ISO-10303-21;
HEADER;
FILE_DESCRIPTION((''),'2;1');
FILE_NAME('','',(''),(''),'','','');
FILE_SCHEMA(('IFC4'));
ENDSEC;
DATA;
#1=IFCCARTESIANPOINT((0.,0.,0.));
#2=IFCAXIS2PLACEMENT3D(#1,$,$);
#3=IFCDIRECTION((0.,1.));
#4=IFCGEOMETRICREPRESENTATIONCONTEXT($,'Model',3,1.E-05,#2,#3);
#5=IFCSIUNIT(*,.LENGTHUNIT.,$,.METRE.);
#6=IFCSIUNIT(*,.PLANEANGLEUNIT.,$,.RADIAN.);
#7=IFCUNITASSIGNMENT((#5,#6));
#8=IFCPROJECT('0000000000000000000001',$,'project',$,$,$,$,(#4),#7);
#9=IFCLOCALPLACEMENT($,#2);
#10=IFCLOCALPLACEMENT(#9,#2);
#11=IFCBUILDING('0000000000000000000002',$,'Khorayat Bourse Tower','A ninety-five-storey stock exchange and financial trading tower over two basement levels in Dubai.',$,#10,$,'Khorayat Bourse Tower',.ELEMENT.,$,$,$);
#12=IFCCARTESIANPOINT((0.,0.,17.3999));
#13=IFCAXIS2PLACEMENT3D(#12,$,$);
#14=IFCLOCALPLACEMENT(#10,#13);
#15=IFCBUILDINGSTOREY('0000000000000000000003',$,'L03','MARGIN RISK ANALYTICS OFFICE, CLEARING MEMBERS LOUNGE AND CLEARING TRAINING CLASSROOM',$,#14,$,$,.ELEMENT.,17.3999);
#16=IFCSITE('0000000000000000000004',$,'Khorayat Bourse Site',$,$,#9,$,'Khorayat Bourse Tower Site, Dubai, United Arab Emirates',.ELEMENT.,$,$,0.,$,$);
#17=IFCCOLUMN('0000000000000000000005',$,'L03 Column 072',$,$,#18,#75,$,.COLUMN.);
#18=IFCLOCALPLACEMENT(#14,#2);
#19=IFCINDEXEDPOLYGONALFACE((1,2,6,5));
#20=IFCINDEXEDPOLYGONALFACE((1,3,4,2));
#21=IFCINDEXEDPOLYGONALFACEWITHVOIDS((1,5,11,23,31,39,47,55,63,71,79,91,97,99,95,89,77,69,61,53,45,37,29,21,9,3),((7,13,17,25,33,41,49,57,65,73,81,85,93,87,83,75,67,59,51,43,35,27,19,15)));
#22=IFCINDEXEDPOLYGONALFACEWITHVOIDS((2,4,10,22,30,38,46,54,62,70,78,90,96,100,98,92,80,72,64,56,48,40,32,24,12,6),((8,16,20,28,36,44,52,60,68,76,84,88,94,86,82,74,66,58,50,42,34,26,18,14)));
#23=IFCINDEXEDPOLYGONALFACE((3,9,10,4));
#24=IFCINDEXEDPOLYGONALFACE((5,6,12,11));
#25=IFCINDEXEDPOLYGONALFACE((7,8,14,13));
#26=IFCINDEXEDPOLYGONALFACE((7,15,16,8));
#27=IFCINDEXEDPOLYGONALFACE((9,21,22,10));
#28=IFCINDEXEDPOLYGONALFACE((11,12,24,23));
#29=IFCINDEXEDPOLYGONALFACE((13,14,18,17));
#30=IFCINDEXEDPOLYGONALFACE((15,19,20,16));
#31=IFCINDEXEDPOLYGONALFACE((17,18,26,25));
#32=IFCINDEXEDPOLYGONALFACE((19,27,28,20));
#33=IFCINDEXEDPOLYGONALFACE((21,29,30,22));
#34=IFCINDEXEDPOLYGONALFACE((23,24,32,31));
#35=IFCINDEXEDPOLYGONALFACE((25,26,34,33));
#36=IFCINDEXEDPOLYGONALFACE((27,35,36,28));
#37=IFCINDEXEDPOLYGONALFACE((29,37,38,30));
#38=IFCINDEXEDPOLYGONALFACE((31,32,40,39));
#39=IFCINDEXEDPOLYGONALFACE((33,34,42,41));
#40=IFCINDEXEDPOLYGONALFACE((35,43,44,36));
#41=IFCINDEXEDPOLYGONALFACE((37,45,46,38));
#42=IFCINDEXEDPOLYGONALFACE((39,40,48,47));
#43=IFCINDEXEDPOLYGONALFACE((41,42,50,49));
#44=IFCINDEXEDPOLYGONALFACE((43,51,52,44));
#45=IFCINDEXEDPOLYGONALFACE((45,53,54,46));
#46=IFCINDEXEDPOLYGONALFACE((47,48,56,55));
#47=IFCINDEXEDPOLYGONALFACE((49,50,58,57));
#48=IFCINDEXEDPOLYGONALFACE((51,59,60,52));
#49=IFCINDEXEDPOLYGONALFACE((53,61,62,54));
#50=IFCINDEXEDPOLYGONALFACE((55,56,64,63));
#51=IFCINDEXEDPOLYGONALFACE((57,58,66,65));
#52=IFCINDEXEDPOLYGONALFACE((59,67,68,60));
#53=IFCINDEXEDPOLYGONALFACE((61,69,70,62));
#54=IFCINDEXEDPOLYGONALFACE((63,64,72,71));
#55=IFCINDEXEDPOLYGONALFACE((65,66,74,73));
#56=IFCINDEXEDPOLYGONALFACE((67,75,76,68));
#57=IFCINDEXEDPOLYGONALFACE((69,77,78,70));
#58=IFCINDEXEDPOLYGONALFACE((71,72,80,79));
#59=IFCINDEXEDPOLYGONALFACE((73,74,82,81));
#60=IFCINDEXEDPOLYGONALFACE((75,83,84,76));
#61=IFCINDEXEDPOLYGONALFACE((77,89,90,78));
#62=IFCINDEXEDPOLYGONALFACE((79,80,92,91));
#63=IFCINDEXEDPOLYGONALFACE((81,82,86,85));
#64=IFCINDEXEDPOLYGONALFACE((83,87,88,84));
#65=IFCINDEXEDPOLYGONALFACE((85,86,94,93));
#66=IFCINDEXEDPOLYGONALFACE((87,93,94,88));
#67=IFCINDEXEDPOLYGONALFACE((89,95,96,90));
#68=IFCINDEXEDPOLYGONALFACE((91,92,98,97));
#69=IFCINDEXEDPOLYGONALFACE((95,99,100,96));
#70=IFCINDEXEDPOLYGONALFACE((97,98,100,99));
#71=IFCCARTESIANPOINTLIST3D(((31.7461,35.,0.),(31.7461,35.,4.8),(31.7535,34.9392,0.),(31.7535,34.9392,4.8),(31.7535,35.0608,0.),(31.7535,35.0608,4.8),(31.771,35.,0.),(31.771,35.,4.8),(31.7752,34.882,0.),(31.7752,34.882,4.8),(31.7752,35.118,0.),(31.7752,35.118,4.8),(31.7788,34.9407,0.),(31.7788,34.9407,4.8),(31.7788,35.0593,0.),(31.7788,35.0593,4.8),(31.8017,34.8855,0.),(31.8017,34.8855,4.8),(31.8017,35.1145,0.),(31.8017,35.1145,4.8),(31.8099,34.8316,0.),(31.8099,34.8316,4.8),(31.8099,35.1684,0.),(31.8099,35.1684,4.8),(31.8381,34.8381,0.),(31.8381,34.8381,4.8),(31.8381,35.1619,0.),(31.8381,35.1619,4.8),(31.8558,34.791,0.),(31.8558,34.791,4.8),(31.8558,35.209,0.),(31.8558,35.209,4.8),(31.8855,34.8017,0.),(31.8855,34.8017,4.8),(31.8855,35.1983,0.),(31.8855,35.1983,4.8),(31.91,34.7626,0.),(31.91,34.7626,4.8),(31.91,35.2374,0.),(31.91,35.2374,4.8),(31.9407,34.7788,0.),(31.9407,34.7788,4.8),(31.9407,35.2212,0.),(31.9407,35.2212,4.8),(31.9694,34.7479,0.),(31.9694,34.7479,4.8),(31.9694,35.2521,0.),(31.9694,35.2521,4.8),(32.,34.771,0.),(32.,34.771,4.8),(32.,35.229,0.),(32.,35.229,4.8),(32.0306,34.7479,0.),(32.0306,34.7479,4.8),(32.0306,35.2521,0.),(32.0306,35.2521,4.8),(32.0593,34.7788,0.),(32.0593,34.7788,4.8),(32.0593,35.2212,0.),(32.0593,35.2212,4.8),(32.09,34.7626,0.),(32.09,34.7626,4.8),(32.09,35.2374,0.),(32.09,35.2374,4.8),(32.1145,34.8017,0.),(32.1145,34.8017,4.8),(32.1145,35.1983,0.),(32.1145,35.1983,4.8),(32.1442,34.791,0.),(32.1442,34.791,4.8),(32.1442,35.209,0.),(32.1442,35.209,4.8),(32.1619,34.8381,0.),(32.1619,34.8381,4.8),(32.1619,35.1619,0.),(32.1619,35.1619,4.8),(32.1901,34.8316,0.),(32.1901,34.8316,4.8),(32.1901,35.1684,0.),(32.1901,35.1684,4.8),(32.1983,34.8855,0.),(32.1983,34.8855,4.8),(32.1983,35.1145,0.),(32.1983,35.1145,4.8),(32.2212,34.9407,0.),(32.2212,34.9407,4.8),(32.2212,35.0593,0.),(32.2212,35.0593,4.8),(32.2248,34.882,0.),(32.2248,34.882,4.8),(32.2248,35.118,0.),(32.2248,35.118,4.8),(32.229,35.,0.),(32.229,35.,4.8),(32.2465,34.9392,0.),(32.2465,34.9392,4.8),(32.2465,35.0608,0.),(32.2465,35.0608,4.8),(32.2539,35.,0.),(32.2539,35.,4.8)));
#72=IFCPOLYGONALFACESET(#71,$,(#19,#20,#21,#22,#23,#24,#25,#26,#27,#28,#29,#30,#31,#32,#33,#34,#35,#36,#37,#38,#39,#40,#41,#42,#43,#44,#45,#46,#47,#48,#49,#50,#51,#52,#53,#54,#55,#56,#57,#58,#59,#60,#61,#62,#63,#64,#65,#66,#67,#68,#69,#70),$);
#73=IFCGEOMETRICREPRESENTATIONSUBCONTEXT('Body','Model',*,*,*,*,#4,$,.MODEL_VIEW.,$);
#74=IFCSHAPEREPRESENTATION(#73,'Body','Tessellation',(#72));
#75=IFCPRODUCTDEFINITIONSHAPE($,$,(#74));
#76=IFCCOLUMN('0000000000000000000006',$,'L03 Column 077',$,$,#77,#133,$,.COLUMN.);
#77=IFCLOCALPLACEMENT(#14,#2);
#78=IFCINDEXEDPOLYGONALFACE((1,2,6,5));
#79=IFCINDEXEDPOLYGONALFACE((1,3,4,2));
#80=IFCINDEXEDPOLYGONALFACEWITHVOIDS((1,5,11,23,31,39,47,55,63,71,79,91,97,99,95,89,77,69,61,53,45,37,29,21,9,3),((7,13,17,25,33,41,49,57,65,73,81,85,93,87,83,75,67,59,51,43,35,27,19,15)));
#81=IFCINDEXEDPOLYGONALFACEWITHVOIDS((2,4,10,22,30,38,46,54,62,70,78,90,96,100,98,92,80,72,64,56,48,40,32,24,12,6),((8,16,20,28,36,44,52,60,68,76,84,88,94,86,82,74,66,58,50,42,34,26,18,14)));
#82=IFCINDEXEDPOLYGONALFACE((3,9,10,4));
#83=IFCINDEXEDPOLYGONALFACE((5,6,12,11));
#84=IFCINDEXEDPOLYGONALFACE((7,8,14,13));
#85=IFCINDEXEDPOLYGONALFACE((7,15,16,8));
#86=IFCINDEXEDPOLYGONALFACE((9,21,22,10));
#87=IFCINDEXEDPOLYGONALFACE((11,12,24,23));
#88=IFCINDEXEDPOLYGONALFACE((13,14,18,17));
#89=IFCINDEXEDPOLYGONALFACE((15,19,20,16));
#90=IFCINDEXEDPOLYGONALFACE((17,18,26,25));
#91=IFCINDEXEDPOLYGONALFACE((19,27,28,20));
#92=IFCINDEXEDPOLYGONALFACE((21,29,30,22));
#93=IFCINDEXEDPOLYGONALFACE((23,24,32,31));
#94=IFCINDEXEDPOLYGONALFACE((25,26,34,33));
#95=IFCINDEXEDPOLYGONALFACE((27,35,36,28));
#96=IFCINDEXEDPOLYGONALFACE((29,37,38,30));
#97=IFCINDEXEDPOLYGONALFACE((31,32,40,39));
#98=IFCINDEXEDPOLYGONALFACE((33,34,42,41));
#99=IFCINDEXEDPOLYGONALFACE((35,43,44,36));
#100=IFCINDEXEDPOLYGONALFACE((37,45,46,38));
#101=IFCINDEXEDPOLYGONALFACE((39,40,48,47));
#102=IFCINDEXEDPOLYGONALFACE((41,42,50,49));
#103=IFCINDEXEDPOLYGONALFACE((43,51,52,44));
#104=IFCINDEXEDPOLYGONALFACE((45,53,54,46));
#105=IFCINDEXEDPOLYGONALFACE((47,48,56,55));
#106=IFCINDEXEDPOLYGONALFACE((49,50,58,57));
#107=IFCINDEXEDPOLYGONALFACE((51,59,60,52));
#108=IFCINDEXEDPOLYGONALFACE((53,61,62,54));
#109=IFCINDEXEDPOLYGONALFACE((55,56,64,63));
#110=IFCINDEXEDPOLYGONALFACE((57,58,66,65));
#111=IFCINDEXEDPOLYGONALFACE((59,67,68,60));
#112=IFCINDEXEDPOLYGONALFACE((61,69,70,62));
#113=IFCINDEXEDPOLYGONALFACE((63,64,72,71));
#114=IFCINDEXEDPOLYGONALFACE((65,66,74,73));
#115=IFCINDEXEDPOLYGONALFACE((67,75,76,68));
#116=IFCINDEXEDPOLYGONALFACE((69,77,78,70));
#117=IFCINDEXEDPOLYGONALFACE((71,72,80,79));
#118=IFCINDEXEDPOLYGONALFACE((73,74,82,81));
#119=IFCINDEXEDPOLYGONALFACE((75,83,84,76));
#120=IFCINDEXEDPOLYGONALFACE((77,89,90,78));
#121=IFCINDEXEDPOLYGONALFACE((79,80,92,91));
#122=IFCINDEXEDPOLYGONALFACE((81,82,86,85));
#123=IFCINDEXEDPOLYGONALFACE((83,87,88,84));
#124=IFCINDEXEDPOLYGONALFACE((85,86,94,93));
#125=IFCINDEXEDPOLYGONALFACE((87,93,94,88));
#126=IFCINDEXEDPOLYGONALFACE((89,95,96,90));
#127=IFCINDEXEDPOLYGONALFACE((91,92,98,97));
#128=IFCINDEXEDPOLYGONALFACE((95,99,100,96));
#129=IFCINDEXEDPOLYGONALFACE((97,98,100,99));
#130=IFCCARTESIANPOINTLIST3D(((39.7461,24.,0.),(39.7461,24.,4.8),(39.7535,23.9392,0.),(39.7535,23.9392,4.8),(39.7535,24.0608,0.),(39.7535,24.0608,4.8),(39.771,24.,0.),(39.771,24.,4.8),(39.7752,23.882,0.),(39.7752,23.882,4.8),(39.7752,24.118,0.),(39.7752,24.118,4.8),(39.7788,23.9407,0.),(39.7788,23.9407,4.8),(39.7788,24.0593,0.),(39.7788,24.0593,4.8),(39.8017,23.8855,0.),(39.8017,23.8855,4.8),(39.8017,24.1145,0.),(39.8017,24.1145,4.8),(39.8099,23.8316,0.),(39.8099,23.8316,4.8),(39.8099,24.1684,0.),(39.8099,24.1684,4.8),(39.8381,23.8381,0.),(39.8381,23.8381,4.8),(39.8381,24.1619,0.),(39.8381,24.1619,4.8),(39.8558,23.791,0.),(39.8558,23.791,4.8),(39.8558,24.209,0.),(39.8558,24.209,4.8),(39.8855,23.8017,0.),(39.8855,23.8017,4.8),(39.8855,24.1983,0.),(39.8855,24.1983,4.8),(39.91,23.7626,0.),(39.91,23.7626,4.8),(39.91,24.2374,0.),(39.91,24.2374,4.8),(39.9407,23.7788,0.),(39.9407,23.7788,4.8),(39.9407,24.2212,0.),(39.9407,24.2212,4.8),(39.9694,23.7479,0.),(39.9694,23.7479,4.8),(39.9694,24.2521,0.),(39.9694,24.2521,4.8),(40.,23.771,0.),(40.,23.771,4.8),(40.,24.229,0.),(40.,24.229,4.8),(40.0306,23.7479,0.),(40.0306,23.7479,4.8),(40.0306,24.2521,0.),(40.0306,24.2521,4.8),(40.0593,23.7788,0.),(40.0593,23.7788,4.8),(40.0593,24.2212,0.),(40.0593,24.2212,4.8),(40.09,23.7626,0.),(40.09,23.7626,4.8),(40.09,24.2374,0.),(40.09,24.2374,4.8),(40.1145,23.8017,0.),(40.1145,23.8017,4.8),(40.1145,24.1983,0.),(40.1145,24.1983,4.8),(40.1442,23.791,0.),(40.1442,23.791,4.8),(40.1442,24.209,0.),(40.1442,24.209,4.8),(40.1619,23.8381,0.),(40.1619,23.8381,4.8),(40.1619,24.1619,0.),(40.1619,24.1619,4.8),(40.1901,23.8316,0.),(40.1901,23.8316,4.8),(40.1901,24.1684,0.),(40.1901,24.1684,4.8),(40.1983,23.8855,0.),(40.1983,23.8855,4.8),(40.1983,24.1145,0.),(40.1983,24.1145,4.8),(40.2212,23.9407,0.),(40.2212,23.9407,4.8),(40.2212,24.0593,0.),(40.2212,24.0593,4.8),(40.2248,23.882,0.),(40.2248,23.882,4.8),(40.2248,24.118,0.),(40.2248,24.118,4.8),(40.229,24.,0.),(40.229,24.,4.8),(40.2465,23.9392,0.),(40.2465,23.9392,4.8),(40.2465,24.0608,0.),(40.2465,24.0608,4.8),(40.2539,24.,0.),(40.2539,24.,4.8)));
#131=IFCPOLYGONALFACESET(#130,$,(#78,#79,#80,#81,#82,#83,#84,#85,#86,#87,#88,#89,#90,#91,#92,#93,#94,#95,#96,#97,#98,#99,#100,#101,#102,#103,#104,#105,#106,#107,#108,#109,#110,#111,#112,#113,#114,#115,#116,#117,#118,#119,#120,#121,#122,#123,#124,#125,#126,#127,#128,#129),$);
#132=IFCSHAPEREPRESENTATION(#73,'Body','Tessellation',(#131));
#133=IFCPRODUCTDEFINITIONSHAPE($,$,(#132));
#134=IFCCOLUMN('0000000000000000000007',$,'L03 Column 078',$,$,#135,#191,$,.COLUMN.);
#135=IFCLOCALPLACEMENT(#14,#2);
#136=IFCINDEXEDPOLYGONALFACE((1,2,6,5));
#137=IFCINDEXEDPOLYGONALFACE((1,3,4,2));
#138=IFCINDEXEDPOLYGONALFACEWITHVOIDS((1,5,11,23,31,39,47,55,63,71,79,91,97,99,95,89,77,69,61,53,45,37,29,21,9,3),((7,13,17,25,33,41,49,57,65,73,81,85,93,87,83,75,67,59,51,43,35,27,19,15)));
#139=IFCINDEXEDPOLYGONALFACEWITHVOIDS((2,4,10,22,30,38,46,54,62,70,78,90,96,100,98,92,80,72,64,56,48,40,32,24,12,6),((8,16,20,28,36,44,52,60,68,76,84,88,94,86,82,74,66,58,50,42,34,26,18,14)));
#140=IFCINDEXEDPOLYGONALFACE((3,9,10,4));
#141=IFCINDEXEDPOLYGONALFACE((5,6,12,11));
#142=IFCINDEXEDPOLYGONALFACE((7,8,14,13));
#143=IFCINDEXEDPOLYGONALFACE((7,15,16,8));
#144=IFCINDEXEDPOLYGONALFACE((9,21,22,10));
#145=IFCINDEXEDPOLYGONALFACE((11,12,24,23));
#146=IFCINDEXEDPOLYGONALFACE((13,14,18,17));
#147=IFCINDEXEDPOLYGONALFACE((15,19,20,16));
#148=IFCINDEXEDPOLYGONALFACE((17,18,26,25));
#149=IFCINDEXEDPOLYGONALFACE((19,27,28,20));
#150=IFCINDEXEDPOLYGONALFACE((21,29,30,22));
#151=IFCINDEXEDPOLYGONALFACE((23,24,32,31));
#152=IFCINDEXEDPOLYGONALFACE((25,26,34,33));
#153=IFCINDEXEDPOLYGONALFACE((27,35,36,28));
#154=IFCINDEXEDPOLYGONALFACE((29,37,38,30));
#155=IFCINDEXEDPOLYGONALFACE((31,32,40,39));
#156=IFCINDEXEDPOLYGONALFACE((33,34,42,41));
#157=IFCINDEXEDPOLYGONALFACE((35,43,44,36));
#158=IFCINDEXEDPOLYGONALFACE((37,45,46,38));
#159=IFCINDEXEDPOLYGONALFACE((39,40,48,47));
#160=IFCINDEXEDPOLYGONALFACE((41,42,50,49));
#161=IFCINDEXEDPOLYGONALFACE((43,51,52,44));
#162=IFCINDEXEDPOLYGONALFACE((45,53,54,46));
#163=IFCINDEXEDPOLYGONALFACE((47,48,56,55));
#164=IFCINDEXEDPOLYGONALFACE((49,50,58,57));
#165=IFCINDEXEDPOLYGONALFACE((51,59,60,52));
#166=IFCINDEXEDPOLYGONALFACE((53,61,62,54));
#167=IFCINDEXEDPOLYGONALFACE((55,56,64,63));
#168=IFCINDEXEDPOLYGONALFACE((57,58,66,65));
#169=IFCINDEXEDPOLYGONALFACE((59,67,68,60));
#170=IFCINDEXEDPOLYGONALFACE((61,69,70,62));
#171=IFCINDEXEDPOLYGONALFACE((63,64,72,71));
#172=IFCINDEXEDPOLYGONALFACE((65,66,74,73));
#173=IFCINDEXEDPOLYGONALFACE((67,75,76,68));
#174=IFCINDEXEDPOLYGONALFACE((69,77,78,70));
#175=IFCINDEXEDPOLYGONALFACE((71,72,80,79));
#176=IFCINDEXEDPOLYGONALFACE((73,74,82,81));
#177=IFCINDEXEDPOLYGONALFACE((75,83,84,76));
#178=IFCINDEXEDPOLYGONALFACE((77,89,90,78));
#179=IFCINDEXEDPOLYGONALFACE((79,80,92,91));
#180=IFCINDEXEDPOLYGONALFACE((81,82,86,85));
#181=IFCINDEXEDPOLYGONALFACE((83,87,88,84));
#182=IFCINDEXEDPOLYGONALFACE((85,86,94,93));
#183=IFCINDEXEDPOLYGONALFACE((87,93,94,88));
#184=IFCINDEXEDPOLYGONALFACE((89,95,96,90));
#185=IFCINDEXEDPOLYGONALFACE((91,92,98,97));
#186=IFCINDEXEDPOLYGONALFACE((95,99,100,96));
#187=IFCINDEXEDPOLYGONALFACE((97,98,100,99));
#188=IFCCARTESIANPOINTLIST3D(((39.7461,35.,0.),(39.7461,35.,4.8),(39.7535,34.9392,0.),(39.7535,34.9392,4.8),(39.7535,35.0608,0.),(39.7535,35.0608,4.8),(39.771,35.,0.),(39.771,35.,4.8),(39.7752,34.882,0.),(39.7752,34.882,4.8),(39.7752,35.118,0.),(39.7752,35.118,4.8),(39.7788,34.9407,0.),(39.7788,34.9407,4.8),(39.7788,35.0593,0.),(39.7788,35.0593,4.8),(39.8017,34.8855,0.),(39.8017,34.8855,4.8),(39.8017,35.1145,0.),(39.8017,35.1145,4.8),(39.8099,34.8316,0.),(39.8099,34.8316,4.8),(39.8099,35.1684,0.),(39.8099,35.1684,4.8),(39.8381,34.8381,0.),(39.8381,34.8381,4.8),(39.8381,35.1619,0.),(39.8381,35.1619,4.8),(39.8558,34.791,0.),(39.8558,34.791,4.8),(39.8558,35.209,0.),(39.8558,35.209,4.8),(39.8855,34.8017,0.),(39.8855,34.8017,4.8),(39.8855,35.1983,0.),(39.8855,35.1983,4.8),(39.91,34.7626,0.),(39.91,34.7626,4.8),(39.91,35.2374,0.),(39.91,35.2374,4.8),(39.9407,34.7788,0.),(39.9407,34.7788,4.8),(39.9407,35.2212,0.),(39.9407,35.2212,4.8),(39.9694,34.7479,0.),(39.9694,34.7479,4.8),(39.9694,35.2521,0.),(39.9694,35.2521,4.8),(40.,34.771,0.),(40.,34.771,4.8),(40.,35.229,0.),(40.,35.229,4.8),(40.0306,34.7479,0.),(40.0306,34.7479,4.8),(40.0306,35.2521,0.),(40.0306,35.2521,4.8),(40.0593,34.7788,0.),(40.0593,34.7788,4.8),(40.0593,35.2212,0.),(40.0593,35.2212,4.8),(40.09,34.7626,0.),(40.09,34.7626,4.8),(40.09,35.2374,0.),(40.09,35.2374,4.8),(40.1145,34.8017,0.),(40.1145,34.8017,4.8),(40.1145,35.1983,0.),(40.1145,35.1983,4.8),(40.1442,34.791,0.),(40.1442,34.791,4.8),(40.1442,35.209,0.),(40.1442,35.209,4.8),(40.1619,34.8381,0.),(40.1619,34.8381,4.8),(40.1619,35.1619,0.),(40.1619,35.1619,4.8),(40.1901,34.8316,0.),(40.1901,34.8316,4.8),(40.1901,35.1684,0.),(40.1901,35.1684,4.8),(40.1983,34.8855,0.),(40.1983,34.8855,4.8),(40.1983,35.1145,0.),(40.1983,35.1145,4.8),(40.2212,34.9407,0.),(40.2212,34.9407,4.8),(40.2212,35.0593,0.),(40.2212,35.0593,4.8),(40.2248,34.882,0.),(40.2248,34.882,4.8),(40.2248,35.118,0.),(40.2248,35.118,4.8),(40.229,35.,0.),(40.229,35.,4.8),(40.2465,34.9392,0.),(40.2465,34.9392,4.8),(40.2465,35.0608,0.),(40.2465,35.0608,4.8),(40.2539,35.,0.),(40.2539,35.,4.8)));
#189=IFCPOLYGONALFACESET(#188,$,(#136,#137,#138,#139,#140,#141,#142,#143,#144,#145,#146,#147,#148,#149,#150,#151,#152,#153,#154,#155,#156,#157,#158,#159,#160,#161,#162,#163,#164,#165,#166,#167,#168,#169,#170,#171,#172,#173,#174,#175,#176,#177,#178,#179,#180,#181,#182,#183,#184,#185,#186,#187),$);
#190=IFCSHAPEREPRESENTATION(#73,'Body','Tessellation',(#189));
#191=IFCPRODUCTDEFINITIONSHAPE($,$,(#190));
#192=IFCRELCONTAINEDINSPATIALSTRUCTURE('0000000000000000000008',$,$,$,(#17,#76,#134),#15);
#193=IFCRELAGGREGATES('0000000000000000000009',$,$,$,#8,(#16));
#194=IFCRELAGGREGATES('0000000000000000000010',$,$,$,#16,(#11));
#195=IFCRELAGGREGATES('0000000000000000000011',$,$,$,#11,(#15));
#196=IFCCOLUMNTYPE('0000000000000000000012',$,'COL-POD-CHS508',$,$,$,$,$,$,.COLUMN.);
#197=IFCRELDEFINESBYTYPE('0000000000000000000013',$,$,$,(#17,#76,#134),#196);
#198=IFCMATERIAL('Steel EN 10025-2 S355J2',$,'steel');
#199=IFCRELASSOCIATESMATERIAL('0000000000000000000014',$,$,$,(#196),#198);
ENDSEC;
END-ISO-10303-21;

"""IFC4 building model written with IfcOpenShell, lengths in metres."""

from ifc_helpers import new_model, si_unit, direction, frame, origin, origin_2d, place, context, subcontext, project, spatial, hollow_circle, extrude, source, transform, mapped, material, material_profile, profile_set, type_object, element, save


model = new_model("IFC4")

# Units and contexts
model_context = context("Model", 3, precision=1e-05, world=origin(), true_north=direction((0.0, 1.0)))
body_context = subcontext(model_context, "Body", "Model", "MODEL_VIEW")
ifc_project = project(units=[si_unit("LENGTHUNIT", "METRE"), si_unit("PLANEANGLEUNIT", "RADIAN")], contexts=[model_context])

# Site, building, storey
site_placement = place(None, origin())
site = spatial("IfcSite", under=ifc_project, at=site_placement, Name="Khorayat Bourse Site", LongName="Khorayat Bourse Tower Site, Dubai, United Arab Emirates", CompositionType="ELEMENT", RefElevation=0.0)
building_placement = place(site_placement, origin())
building = spatial("IfcBuilding", under=site, at=building_placement, Name="Khorayat Bourse Tower", Description="A ninety-five-storey stock exchange and financial trading tower over two basement levels in Dubai.", LongName="Khorayat Bourse Tower", CompositionType="ELEMENT")
storey_placement = place(building_placement, frame((0.0, 0.0, 17.3999)))
storey = spatial("IfcBuildingStorey", under=building, at=storey_placement, Name="L03", Description="MARGIN RISK ANALYTICS OFFICE, CLEARING MEMBERS LOUNGE AND CLEARING TRAINING CLASSROOM", CompositionType="ELEMENT", Elevation=17.3999)

# Columns
ifc_material_1 = material(Name="Steel EN 10025-2 S355J2", Category="steel")
ifc_material_profile_1 = material_profile(ifc_material_1, hollow_circle(Radius=0.2539, WallThickness=0.0249, at=origin_2d()), Name="CHS 508x25")
ifc_profile_set_1 = profile_set([ifc_material_profile_1], Name="Steel EN 10025-2 S355J2")
column_type_1 = type_object("IfcColumnType", Name="COL-POD-CHS508", PredefinedType="COLUMN", material=ifc_profile_set_1)
shared_shape_1 = source(origin(), body_context, "Body", "SweptSolid", [
    extrude(hollow_circle(Radius=0.2539, WallThickness=0.0249, at=origin_2d()), origin(), (0.0, 0.0, 1.0), 4.8),
])
for number, where, z_axis, x_axis, name in (
    (1, (32.0, 35.0, 0.0), (0.0, 0.0, 1.0), (1.0, 0.0, 0.0), "L03 Column 072"),
    (2, (40.0, 24.0, 0.0), (0.0, 0.0, 1.0), (1.0, 0.0, 0.0), "L03 Column 077"),
    (3, (40.0, 35.0, 0.0), (0.0, 0.0, 1.0), (1.0, 0.0, 0.0), "L03 Column 078"),
):
    element("IfcColumn", number, at=place(storey_placement, frame(where, z_axis=z_axis, x_axis=x_axis)), inside=storey, type_object=column_type_1, Name=name, PredefinedType="COLUMN", context=body_context, shape_type="MappedRepresentation", body=[
        mapped(shared_shape_1, transform((0.0, 0.0, 0.0), scale=1.0)),
    ])

save(model, "model.ifc")
